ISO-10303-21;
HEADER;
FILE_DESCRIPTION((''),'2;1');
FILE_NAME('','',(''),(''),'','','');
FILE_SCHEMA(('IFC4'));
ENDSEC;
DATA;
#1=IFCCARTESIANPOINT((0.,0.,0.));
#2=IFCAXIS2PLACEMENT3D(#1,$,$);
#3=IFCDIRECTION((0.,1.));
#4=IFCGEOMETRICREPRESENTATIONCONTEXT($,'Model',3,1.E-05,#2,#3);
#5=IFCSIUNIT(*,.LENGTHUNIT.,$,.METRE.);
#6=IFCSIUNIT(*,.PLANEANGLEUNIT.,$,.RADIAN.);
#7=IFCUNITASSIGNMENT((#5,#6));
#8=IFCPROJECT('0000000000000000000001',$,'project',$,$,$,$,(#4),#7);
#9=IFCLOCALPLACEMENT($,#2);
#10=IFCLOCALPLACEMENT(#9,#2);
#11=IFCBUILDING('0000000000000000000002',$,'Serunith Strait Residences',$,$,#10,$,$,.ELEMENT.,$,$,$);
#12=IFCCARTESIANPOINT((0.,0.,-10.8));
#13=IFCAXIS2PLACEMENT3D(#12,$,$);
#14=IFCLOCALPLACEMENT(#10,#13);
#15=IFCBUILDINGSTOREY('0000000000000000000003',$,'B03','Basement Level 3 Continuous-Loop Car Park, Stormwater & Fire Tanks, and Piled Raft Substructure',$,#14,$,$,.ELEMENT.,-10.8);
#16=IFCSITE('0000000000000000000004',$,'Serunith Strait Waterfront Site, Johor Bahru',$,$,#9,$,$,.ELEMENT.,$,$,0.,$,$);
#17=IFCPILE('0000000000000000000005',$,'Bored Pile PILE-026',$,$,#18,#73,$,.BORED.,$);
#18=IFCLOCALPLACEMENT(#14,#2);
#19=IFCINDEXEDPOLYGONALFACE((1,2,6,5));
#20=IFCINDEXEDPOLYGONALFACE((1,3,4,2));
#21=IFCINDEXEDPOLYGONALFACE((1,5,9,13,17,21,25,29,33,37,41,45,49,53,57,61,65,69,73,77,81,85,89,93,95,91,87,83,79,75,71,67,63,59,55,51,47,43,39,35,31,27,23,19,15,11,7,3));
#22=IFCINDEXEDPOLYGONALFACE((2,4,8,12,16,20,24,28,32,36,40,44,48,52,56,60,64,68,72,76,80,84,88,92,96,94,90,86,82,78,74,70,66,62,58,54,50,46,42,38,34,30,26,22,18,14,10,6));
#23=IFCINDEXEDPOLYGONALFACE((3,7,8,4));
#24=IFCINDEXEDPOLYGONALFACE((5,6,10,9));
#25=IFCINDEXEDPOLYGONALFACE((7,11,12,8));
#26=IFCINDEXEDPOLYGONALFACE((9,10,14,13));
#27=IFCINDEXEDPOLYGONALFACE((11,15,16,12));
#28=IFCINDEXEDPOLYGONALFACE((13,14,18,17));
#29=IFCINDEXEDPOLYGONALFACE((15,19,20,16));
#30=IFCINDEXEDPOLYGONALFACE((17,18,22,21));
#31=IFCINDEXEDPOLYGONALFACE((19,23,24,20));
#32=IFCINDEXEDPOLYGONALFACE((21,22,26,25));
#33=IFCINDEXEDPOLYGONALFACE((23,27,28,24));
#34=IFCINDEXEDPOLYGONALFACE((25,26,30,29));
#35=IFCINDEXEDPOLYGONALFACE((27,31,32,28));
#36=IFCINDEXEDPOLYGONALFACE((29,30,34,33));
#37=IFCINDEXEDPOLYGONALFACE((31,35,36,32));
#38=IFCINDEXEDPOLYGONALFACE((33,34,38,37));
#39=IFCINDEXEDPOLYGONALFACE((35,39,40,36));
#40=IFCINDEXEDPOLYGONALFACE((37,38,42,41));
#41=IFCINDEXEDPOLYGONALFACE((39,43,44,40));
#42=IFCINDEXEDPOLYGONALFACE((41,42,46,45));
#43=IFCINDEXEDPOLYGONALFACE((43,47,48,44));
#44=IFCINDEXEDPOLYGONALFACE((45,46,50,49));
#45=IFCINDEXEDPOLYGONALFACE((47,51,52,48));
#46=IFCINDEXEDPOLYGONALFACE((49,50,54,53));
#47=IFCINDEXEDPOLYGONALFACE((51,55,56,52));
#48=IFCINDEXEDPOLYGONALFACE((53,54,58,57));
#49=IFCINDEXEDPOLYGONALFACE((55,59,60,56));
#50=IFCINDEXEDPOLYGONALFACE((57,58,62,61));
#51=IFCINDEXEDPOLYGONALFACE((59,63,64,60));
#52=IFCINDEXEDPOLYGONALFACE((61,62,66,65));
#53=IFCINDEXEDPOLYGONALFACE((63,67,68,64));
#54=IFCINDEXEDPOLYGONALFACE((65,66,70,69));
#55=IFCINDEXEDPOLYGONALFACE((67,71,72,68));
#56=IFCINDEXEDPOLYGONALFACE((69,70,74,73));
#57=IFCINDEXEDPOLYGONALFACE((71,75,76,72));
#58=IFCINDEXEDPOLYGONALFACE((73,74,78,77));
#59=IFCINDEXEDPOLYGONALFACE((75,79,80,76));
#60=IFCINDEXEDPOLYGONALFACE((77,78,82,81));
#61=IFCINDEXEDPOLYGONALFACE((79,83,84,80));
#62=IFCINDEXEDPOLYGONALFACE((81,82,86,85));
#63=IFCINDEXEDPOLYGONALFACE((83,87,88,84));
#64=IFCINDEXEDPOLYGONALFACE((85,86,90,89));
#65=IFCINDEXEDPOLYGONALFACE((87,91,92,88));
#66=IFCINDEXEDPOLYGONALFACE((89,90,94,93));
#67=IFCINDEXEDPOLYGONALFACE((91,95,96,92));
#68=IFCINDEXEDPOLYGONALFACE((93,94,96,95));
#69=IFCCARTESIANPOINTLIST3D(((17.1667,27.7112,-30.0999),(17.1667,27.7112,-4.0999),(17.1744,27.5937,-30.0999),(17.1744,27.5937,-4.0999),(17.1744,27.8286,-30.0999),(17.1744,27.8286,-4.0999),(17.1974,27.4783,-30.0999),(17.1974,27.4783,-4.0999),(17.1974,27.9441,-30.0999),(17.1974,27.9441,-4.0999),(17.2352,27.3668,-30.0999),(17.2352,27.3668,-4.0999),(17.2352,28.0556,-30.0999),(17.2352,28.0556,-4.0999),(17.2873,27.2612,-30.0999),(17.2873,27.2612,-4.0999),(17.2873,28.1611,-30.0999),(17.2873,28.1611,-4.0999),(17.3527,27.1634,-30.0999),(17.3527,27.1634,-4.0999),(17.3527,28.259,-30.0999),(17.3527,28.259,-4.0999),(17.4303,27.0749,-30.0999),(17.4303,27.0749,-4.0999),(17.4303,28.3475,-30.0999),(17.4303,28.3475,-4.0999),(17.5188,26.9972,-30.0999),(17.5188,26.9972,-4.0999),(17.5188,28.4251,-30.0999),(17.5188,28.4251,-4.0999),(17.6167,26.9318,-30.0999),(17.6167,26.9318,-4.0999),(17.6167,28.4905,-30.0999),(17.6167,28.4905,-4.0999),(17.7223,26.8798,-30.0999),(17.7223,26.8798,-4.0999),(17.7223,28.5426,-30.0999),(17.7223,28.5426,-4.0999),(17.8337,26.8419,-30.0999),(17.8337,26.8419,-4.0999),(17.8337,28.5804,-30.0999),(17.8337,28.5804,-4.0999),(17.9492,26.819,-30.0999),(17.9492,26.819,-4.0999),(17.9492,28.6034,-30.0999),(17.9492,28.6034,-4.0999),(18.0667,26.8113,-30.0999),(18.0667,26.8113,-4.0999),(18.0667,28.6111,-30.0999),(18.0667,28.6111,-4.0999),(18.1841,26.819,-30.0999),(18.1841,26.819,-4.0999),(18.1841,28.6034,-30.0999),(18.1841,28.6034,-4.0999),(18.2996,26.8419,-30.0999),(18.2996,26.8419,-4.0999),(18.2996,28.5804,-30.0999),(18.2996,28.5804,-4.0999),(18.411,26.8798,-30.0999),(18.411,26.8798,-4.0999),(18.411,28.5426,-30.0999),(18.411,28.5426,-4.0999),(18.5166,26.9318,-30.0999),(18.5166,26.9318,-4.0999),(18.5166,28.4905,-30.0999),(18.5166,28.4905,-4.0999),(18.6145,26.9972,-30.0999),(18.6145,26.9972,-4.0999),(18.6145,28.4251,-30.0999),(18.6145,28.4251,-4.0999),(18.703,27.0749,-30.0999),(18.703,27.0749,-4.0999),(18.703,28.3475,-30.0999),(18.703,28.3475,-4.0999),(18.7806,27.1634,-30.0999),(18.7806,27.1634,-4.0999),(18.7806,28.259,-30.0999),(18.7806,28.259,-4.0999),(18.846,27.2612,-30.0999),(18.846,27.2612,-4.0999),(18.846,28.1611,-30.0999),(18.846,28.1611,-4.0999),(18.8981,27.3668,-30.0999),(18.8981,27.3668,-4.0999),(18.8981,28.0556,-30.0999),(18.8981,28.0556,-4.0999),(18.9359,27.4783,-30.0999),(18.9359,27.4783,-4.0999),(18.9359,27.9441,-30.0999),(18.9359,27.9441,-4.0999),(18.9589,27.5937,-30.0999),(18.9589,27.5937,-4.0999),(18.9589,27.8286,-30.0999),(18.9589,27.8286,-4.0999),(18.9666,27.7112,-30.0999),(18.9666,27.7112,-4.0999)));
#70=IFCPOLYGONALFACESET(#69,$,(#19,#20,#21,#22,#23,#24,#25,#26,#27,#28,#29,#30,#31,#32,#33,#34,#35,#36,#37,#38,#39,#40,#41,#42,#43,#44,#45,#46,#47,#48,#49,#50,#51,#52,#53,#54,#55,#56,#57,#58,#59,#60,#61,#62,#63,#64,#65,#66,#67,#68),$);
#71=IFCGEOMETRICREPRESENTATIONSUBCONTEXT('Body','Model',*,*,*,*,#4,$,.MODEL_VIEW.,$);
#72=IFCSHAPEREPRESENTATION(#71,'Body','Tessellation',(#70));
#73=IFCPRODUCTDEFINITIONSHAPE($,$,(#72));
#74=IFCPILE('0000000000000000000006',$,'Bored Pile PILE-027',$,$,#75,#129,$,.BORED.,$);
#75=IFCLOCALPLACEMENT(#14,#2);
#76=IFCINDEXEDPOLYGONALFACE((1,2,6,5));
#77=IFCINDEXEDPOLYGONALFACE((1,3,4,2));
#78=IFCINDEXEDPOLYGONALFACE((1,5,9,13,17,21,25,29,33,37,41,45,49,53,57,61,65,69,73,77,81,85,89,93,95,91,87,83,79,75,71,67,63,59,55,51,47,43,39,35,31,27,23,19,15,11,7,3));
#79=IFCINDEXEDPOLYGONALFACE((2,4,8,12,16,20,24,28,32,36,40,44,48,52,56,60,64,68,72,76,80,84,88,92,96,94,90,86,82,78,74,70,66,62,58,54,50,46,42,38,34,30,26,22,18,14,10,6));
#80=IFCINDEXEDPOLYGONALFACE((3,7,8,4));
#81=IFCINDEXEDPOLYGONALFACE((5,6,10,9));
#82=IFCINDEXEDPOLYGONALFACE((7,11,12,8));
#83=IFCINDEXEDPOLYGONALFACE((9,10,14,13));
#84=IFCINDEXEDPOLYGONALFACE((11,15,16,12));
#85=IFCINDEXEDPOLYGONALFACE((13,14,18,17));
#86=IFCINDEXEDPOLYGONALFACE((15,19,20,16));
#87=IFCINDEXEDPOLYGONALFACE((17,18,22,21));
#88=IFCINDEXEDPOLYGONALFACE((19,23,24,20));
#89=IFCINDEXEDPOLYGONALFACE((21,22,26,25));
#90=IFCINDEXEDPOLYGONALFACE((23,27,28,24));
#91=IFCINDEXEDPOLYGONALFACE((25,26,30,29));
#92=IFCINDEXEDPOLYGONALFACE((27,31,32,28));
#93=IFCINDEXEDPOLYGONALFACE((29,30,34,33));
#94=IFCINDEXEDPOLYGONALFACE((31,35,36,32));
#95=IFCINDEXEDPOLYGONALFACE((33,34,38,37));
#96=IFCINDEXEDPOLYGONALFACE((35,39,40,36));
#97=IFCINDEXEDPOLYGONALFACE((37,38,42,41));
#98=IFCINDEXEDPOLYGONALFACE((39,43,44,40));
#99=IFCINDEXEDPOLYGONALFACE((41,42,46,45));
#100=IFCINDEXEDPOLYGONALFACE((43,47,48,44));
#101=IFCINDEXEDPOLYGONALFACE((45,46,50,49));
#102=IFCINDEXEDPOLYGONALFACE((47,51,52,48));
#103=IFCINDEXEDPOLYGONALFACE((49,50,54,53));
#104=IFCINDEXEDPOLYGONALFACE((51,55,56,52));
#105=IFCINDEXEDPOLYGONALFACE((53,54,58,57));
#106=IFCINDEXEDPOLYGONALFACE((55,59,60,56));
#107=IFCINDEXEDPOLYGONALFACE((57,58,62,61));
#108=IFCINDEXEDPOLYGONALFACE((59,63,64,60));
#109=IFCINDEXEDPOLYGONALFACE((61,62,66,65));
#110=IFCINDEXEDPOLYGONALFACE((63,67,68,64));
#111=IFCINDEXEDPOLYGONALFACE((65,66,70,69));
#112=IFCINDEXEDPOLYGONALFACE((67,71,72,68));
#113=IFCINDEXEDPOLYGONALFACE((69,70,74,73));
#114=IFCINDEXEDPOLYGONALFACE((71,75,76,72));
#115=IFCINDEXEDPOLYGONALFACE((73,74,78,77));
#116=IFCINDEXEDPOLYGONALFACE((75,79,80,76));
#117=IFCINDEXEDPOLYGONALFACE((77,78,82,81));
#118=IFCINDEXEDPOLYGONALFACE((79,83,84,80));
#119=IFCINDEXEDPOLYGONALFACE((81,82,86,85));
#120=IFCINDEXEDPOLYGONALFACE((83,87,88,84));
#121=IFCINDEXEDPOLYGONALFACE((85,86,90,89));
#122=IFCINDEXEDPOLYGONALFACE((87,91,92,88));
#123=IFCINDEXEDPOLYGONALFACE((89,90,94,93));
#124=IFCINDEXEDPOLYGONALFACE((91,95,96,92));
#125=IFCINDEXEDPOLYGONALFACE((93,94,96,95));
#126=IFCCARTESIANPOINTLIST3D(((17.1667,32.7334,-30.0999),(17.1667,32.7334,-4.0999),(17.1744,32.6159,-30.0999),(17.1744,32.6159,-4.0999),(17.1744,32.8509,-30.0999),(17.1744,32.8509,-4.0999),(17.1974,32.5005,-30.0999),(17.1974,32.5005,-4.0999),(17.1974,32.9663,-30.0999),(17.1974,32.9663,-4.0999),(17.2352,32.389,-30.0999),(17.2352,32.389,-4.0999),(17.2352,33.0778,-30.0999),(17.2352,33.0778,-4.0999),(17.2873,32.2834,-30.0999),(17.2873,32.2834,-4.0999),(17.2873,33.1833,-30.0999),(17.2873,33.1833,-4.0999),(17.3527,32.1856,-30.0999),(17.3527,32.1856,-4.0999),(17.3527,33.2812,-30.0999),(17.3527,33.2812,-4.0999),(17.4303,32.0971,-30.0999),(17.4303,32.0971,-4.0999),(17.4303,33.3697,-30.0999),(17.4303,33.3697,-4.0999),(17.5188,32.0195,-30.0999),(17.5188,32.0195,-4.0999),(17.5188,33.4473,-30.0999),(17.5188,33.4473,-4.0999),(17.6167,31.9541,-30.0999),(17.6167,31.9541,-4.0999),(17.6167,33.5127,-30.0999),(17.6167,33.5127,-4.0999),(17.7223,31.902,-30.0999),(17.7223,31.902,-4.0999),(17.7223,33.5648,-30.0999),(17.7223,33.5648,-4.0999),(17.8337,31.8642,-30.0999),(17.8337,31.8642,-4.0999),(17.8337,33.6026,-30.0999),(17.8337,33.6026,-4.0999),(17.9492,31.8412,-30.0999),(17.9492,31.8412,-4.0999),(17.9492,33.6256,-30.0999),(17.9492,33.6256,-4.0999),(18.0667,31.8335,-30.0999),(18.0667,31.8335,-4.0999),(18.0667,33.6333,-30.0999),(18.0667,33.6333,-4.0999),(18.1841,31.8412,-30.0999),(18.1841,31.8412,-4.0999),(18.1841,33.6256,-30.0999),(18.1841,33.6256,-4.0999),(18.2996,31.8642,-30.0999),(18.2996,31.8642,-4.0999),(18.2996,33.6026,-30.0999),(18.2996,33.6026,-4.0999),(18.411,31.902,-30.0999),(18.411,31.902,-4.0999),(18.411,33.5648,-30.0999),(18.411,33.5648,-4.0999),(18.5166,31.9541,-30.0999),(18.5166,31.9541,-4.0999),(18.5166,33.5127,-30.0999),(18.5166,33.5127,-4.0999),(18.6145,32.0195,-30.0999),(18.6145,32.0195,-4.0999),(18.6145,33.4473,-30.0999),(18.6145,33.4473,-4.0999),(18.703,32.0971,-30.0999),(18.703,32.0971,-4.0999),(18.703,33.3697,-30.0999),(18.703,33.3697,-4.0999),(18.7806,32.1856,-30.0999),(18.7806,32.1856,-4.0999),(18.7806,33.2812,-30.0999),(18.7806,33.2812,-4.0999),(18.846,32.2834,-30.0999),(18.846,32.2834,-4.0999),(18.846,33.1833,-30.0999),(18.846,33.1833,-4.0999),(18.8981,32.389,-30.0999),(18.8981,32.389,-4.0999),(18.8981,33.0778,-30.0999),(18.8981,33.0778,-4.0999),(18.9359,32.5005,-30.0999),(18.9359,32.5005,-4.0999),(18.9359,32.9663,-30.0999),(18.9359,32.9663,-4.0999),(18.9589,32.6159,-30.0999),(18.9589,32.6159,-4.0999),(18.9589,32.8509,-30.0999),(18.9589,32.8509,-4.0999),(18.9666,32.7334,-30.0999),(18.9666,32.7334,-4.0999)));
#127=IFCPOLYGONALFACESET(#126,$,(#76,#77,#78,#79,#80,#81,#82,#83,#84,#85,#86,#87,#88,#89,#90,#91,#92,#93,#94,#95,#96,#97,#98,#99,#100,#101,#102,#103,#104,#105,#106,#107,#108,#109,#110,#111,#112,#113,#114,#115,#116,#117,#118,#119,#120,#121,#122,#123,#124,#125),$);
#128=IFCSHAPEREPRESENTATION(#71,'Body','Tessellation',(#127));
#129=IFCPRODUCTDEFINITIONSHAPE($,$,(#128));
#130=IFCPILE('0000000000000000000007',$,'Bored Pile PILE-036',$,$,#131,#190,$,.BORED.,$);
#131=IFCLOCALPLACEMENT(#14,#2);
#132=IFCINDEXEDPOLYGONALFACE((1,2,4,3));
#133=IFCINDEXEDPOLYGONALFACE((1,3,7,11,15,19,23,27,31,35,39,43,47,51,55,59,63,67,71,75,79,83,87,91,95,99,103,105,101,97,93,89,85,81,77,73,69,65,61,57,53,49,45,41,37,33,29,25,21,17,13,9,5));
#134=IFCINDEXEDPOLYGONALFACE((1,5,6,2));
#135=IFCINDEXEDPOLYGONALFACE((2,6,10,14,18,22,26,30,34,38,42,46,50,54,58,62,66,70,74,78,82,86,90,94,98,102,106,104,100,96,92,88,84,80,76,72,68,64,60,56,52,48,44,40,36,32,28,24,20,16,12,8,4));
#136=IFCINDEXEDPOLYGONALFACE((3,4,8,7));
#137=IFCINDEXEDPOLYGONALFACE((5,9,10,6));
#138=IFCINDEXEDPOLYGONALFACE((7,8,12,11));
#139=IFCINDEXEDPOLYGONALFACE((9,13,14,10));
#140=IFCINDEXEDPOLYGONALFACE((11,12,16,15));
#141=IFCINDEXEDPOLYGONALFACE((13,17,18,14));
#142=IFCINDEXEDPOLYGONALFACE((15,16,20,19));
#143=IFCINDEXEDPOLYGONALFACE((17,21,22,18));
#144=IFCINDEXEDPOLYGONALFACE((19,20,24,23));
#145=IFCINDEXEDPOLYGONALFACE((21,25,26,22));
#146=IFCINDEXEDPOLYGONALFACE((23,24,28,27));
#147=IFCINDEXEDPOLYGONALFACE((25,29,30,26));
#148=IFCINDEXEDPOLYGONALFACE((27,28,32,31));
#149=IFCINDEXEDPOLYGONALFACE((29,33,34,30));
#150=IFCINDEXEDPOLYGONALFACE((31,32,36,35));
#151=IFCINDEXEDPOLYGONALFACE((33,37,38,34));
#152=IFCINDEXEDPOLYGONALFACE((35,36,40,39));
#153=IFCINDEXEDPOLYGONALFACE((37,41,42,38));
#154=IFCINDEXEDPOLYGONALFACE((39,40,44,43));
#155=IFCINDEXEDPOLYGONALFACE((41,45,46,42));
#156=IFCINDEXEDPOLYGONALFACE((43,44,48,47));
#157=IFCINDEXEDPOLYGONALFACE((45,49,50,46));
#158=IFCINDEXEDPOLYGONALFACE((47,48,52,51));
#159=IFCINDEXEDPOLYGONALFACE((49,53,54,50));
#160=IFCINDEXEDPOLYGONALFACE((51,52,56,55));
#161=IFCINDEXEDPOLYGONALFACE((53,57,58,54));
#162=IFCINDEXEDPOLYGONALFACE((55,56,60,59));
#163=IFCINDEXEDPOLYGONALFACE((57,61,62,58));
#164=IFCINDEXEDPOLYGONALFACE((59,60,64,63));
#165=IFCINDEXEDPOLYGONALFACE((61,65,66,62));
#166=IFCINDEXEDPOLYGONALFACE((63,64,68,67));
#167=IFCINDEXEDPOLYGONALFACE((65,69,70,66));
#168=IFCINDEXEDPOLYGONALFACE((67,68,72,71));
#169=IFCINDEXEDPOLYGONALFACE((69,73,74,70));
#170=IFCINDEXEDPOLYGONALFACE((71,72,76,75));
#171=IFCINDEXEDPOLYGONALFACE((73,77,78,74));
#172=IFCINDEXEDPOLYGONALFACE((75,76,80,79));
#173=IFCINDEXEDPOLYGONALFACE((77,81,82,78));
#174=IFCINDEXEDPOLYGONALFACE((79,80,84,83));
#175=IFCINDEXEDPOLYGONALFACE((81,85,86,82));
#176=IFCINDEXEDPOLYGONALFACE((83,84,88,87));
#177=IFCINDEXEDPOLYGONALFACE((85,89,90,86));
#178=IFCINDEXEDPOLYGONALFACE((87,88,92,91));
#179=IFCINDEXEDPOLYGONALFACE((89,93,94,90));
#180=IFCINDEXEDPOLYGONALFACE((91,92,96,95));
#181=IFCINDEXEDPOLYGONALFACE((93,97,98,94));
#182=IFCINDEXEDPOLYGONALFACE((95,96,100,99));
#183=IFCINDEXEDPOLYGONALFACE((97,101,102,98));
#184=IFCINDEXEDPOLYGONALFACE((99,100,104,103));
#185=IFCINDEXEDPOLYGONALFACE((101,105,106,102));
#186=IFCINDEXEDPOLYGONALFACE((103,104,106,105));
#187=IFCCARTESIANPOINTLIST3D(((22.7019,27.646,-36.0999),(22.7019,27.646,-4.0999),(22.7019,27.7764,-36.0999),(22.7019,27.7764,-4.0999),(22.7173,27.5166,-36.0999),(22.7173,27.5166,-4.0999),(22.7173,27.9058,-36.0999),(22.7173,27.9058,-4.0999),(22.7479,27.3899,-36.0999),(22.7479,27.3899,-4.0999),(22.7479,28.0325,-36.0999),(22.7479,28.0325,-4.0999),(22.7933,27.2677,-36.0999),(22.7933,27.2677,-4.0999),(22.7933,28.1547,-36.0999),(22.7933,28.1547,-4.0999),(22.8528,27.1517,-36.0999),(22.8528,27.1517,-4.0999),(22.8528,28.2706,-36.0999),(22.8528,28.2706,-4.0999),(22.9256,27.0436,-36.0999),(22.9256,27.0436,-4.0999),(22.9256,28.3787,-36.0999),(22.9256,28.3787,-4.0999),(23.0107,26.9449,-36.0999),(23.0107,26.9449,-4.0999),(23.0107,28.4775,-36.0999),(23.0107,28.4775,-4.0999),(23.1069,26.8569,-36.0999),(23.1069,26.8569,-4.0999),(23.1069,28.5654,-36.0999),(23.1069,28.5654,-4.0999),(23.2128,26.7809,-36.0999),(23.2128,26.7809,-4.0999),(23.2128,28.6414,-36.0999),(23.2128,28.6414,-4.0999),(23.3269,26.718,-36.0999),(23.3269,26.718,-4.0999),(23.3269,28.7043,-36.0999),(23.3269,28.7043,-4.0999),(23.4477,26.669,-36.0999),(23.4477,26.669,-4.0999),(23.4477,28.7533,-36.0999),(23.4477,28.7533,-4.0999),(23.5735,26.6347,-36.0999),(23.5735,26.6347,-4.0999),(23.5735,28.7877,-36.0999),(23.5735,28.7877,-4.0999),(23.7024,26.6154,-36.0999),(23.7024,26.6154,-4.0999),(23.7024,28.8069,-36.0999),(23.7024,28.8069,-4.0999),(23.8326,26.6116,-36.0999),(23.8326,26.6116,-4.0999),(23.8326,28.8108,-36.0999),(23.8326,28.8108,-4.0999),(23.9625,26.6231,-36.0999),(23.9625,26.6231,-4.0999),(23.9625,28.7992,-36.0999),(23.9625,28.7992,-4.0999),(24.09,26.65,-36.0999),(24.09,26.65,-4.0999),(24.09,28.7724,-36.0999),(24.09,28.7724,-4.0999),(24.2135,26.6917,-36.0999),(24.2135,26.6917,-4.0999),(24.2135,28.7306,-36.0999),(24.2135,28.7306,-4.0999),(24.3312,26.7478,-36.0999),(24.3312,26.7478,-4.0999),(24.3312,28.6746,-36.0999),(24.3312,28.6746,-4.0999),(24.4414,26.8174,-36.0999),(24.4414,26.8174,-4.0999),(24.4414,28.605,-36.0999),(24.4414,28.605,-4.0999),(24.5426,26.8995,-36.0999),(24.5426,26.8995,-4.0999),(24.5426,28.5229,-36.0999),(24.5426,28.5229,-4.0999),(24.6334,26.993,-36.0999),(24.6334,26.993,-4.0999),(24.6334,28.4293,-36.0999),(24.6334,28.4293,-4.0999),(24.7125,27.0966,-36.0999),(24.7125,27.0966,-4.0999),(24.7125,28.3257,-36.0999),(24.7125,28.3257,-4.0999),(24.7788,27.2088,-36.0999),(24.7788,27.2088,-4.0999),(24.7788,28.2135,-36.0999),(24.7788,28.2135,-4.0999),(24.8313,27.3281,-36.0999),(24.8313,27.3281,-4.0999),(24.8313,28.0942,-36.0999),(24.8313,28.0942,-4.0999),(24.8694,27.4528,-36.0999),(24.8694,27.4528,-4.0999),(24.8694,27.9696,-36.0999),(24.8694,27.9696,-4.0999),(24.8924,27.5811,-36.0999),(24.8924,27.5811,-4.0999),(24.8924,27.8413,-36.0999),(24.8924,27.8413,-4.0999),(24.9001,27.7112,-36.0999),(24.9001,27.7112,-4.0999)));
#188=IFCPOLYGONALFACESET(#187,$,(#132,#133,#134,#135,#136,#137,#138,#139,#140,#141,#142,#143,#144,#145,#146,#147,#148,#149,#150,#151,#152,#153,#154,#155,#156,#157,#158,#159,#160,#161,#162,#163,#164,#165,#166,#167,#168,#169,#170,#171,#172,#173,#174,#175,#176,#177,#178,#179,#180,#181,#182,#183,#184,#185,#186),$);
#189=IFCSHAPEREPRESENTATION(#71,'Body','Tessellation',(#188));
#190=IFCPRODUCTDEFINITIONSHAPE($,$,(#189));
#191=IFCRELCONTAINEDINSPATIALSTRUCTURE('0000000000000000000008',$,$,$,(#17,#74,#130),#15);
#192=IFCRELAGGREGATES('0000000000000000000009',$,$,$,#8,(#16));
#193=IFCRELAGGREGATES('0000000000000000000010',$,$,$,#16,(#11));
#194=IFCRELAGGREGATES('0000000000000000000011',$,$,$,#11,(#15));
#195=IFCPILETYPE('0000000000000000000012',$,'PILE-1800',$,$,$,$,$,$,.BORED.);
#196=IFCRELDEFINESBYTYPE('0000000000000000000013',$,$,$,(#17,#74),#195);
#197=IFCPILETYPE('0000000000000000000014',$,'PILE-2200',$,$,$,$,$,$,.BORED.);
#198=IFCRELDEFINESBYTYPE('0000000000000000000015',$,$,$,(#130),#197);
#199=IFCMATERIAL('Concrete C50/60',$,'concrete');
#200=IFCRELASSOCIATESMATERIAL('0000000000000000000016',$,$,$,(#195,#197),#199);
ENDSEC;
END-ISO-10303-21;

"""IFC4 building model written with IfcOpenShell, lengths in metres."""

from ifc_helpers import new_model, si_unit, direction, frame, origin, origin_2d, place, context, subcontext, project, spatial, circle, extrude, source, transform, mapped, material, material_profile, profile_set, type_object, element, save


model = new_model("IFC4")

# Units and contexts
model_context = context("Model", 3, precision=1e-05, world=origin(), true_north=direction((0.0, 1.0)))
body_context = subcontext(model_context, "Body", "Model", "MODEL_VIEW")
ifc_project = project(units=[si_unit("LENGTHUNIT", "METRE"), si_unit("PLANEANGLEUNIT", "RADIAN")], contexts=[model_context])

# Site, building, storey
site_placement = place(None, origin())
site = spatial("IfcSite", under=ifc_project, at=site_placement, Name="Serunith Strait Waterfront Site, Johor Bahru", CompositionType="ELEMENT", RefElevation=0.0)
building_placement = place(site_placement, origin())
building = spatial("IfcBuilding", under=site, at=building_placement, Name="Serunith Strait Residences", CompositionType="ELEMENT")
storey_placement = place(building_placement, frame((0.0, 0.0, -10.8)))
storey = spatial("IfcBuildingStorey", under=building, at=storey_placement, Name="B03", Description="Basement Level 3 Continuous-Loop Car Park, Stormwater & Fire Tanks, and Piled Raft Substructure", CompositionType="ELEMENT", Elevation=-10.8)

# Piles
ifc_material_1 = material(Name="Concrete C50/60", Category="concrete")
ifc_material_profile_1 = material_profile(ifc_material_1, circle(Radius=0.8999, at=origin_2d()), Name="PILE D1800")
ifc_profile_set_1 = profile_set([ifc_material_profile_1], Name="Concrete C50/60")
pile_type_1 = type_object("IfcPileType", Name="PILE-1800", PredefinedType="BORED", material=ifc_profile_set_1)
shared_shape_1 = source(origin(), body_context, "Body", "SweptSolid", [
    extrude(circle(Radius=0.8999, at=origin_2d()), origin(), (0.0, 0.0, 1.0), 26.0),
])
for number, where, z_axis, x_axis, name in (
    (1, (18.0667, 27.7112, -4.0999), (0.0, 0.0, -1.0), (1.0, 0.0, 0.0), "Bored Pile PILE-026"),
    (2, (18.0667, 32.7334, -4.0999), (0.0, 0.0, -1.0), (1.0, 0.0, 0.0), "Bored Pile PILE-027"),
):
    element("IfcPile", number, at=place(storey_placement, frame(where, z_axis=z_axis, x_axis=x_axis)), inside=storey, type_object=pile_type_1, Name=name, PredefinedType="BORED", context=body_context, shape_type="MappedRepresentation", body=[
        mapped(shared_shape_1, transform((0.0, 0.0, 0.0), scale=1.0)),
    ])
ifc_material_profile_2 = material_profile(ifc_material_1, circle(Radius=1.1001, at=origin_2d()), Name="PILE D2200")
ifc_profile_set_2 = profile_set([ifc_material_profile_2], Name="Concrete C50/60")
pile_type_2 = type_object("IfcPileType", Name="PILE-2200", PredefinedType="BORED", material=ifc_profile_set_2)
shared_shape_2 = source(origin(), body_context, "Body", "SweptSolid", [
    extrude(circle(Radius=1.1001, at=origin_2d()), origin(), (0.0, 0.0, 1.0), 32.0),
])
pile_placement = place(storey_placement, frame((23.8, 27.7112, -4.0999), z_axis=(0.0, 0.0, -1.0), x_axis=(1.0, 0.0, 0.0)))
element("IfcPile", 3, at=pile_placement, inside=storey, type_object=pile_type_2, Name="Bored Pile PILE-036", PredefinedType="BORED", context=body_context, shape_type="MappedRepresentation", body=[
    mapped(shared_shape_2, transform((0.0, 0.0, 0.0), scale=1.0)),
])

save(model, "model.ifc")
